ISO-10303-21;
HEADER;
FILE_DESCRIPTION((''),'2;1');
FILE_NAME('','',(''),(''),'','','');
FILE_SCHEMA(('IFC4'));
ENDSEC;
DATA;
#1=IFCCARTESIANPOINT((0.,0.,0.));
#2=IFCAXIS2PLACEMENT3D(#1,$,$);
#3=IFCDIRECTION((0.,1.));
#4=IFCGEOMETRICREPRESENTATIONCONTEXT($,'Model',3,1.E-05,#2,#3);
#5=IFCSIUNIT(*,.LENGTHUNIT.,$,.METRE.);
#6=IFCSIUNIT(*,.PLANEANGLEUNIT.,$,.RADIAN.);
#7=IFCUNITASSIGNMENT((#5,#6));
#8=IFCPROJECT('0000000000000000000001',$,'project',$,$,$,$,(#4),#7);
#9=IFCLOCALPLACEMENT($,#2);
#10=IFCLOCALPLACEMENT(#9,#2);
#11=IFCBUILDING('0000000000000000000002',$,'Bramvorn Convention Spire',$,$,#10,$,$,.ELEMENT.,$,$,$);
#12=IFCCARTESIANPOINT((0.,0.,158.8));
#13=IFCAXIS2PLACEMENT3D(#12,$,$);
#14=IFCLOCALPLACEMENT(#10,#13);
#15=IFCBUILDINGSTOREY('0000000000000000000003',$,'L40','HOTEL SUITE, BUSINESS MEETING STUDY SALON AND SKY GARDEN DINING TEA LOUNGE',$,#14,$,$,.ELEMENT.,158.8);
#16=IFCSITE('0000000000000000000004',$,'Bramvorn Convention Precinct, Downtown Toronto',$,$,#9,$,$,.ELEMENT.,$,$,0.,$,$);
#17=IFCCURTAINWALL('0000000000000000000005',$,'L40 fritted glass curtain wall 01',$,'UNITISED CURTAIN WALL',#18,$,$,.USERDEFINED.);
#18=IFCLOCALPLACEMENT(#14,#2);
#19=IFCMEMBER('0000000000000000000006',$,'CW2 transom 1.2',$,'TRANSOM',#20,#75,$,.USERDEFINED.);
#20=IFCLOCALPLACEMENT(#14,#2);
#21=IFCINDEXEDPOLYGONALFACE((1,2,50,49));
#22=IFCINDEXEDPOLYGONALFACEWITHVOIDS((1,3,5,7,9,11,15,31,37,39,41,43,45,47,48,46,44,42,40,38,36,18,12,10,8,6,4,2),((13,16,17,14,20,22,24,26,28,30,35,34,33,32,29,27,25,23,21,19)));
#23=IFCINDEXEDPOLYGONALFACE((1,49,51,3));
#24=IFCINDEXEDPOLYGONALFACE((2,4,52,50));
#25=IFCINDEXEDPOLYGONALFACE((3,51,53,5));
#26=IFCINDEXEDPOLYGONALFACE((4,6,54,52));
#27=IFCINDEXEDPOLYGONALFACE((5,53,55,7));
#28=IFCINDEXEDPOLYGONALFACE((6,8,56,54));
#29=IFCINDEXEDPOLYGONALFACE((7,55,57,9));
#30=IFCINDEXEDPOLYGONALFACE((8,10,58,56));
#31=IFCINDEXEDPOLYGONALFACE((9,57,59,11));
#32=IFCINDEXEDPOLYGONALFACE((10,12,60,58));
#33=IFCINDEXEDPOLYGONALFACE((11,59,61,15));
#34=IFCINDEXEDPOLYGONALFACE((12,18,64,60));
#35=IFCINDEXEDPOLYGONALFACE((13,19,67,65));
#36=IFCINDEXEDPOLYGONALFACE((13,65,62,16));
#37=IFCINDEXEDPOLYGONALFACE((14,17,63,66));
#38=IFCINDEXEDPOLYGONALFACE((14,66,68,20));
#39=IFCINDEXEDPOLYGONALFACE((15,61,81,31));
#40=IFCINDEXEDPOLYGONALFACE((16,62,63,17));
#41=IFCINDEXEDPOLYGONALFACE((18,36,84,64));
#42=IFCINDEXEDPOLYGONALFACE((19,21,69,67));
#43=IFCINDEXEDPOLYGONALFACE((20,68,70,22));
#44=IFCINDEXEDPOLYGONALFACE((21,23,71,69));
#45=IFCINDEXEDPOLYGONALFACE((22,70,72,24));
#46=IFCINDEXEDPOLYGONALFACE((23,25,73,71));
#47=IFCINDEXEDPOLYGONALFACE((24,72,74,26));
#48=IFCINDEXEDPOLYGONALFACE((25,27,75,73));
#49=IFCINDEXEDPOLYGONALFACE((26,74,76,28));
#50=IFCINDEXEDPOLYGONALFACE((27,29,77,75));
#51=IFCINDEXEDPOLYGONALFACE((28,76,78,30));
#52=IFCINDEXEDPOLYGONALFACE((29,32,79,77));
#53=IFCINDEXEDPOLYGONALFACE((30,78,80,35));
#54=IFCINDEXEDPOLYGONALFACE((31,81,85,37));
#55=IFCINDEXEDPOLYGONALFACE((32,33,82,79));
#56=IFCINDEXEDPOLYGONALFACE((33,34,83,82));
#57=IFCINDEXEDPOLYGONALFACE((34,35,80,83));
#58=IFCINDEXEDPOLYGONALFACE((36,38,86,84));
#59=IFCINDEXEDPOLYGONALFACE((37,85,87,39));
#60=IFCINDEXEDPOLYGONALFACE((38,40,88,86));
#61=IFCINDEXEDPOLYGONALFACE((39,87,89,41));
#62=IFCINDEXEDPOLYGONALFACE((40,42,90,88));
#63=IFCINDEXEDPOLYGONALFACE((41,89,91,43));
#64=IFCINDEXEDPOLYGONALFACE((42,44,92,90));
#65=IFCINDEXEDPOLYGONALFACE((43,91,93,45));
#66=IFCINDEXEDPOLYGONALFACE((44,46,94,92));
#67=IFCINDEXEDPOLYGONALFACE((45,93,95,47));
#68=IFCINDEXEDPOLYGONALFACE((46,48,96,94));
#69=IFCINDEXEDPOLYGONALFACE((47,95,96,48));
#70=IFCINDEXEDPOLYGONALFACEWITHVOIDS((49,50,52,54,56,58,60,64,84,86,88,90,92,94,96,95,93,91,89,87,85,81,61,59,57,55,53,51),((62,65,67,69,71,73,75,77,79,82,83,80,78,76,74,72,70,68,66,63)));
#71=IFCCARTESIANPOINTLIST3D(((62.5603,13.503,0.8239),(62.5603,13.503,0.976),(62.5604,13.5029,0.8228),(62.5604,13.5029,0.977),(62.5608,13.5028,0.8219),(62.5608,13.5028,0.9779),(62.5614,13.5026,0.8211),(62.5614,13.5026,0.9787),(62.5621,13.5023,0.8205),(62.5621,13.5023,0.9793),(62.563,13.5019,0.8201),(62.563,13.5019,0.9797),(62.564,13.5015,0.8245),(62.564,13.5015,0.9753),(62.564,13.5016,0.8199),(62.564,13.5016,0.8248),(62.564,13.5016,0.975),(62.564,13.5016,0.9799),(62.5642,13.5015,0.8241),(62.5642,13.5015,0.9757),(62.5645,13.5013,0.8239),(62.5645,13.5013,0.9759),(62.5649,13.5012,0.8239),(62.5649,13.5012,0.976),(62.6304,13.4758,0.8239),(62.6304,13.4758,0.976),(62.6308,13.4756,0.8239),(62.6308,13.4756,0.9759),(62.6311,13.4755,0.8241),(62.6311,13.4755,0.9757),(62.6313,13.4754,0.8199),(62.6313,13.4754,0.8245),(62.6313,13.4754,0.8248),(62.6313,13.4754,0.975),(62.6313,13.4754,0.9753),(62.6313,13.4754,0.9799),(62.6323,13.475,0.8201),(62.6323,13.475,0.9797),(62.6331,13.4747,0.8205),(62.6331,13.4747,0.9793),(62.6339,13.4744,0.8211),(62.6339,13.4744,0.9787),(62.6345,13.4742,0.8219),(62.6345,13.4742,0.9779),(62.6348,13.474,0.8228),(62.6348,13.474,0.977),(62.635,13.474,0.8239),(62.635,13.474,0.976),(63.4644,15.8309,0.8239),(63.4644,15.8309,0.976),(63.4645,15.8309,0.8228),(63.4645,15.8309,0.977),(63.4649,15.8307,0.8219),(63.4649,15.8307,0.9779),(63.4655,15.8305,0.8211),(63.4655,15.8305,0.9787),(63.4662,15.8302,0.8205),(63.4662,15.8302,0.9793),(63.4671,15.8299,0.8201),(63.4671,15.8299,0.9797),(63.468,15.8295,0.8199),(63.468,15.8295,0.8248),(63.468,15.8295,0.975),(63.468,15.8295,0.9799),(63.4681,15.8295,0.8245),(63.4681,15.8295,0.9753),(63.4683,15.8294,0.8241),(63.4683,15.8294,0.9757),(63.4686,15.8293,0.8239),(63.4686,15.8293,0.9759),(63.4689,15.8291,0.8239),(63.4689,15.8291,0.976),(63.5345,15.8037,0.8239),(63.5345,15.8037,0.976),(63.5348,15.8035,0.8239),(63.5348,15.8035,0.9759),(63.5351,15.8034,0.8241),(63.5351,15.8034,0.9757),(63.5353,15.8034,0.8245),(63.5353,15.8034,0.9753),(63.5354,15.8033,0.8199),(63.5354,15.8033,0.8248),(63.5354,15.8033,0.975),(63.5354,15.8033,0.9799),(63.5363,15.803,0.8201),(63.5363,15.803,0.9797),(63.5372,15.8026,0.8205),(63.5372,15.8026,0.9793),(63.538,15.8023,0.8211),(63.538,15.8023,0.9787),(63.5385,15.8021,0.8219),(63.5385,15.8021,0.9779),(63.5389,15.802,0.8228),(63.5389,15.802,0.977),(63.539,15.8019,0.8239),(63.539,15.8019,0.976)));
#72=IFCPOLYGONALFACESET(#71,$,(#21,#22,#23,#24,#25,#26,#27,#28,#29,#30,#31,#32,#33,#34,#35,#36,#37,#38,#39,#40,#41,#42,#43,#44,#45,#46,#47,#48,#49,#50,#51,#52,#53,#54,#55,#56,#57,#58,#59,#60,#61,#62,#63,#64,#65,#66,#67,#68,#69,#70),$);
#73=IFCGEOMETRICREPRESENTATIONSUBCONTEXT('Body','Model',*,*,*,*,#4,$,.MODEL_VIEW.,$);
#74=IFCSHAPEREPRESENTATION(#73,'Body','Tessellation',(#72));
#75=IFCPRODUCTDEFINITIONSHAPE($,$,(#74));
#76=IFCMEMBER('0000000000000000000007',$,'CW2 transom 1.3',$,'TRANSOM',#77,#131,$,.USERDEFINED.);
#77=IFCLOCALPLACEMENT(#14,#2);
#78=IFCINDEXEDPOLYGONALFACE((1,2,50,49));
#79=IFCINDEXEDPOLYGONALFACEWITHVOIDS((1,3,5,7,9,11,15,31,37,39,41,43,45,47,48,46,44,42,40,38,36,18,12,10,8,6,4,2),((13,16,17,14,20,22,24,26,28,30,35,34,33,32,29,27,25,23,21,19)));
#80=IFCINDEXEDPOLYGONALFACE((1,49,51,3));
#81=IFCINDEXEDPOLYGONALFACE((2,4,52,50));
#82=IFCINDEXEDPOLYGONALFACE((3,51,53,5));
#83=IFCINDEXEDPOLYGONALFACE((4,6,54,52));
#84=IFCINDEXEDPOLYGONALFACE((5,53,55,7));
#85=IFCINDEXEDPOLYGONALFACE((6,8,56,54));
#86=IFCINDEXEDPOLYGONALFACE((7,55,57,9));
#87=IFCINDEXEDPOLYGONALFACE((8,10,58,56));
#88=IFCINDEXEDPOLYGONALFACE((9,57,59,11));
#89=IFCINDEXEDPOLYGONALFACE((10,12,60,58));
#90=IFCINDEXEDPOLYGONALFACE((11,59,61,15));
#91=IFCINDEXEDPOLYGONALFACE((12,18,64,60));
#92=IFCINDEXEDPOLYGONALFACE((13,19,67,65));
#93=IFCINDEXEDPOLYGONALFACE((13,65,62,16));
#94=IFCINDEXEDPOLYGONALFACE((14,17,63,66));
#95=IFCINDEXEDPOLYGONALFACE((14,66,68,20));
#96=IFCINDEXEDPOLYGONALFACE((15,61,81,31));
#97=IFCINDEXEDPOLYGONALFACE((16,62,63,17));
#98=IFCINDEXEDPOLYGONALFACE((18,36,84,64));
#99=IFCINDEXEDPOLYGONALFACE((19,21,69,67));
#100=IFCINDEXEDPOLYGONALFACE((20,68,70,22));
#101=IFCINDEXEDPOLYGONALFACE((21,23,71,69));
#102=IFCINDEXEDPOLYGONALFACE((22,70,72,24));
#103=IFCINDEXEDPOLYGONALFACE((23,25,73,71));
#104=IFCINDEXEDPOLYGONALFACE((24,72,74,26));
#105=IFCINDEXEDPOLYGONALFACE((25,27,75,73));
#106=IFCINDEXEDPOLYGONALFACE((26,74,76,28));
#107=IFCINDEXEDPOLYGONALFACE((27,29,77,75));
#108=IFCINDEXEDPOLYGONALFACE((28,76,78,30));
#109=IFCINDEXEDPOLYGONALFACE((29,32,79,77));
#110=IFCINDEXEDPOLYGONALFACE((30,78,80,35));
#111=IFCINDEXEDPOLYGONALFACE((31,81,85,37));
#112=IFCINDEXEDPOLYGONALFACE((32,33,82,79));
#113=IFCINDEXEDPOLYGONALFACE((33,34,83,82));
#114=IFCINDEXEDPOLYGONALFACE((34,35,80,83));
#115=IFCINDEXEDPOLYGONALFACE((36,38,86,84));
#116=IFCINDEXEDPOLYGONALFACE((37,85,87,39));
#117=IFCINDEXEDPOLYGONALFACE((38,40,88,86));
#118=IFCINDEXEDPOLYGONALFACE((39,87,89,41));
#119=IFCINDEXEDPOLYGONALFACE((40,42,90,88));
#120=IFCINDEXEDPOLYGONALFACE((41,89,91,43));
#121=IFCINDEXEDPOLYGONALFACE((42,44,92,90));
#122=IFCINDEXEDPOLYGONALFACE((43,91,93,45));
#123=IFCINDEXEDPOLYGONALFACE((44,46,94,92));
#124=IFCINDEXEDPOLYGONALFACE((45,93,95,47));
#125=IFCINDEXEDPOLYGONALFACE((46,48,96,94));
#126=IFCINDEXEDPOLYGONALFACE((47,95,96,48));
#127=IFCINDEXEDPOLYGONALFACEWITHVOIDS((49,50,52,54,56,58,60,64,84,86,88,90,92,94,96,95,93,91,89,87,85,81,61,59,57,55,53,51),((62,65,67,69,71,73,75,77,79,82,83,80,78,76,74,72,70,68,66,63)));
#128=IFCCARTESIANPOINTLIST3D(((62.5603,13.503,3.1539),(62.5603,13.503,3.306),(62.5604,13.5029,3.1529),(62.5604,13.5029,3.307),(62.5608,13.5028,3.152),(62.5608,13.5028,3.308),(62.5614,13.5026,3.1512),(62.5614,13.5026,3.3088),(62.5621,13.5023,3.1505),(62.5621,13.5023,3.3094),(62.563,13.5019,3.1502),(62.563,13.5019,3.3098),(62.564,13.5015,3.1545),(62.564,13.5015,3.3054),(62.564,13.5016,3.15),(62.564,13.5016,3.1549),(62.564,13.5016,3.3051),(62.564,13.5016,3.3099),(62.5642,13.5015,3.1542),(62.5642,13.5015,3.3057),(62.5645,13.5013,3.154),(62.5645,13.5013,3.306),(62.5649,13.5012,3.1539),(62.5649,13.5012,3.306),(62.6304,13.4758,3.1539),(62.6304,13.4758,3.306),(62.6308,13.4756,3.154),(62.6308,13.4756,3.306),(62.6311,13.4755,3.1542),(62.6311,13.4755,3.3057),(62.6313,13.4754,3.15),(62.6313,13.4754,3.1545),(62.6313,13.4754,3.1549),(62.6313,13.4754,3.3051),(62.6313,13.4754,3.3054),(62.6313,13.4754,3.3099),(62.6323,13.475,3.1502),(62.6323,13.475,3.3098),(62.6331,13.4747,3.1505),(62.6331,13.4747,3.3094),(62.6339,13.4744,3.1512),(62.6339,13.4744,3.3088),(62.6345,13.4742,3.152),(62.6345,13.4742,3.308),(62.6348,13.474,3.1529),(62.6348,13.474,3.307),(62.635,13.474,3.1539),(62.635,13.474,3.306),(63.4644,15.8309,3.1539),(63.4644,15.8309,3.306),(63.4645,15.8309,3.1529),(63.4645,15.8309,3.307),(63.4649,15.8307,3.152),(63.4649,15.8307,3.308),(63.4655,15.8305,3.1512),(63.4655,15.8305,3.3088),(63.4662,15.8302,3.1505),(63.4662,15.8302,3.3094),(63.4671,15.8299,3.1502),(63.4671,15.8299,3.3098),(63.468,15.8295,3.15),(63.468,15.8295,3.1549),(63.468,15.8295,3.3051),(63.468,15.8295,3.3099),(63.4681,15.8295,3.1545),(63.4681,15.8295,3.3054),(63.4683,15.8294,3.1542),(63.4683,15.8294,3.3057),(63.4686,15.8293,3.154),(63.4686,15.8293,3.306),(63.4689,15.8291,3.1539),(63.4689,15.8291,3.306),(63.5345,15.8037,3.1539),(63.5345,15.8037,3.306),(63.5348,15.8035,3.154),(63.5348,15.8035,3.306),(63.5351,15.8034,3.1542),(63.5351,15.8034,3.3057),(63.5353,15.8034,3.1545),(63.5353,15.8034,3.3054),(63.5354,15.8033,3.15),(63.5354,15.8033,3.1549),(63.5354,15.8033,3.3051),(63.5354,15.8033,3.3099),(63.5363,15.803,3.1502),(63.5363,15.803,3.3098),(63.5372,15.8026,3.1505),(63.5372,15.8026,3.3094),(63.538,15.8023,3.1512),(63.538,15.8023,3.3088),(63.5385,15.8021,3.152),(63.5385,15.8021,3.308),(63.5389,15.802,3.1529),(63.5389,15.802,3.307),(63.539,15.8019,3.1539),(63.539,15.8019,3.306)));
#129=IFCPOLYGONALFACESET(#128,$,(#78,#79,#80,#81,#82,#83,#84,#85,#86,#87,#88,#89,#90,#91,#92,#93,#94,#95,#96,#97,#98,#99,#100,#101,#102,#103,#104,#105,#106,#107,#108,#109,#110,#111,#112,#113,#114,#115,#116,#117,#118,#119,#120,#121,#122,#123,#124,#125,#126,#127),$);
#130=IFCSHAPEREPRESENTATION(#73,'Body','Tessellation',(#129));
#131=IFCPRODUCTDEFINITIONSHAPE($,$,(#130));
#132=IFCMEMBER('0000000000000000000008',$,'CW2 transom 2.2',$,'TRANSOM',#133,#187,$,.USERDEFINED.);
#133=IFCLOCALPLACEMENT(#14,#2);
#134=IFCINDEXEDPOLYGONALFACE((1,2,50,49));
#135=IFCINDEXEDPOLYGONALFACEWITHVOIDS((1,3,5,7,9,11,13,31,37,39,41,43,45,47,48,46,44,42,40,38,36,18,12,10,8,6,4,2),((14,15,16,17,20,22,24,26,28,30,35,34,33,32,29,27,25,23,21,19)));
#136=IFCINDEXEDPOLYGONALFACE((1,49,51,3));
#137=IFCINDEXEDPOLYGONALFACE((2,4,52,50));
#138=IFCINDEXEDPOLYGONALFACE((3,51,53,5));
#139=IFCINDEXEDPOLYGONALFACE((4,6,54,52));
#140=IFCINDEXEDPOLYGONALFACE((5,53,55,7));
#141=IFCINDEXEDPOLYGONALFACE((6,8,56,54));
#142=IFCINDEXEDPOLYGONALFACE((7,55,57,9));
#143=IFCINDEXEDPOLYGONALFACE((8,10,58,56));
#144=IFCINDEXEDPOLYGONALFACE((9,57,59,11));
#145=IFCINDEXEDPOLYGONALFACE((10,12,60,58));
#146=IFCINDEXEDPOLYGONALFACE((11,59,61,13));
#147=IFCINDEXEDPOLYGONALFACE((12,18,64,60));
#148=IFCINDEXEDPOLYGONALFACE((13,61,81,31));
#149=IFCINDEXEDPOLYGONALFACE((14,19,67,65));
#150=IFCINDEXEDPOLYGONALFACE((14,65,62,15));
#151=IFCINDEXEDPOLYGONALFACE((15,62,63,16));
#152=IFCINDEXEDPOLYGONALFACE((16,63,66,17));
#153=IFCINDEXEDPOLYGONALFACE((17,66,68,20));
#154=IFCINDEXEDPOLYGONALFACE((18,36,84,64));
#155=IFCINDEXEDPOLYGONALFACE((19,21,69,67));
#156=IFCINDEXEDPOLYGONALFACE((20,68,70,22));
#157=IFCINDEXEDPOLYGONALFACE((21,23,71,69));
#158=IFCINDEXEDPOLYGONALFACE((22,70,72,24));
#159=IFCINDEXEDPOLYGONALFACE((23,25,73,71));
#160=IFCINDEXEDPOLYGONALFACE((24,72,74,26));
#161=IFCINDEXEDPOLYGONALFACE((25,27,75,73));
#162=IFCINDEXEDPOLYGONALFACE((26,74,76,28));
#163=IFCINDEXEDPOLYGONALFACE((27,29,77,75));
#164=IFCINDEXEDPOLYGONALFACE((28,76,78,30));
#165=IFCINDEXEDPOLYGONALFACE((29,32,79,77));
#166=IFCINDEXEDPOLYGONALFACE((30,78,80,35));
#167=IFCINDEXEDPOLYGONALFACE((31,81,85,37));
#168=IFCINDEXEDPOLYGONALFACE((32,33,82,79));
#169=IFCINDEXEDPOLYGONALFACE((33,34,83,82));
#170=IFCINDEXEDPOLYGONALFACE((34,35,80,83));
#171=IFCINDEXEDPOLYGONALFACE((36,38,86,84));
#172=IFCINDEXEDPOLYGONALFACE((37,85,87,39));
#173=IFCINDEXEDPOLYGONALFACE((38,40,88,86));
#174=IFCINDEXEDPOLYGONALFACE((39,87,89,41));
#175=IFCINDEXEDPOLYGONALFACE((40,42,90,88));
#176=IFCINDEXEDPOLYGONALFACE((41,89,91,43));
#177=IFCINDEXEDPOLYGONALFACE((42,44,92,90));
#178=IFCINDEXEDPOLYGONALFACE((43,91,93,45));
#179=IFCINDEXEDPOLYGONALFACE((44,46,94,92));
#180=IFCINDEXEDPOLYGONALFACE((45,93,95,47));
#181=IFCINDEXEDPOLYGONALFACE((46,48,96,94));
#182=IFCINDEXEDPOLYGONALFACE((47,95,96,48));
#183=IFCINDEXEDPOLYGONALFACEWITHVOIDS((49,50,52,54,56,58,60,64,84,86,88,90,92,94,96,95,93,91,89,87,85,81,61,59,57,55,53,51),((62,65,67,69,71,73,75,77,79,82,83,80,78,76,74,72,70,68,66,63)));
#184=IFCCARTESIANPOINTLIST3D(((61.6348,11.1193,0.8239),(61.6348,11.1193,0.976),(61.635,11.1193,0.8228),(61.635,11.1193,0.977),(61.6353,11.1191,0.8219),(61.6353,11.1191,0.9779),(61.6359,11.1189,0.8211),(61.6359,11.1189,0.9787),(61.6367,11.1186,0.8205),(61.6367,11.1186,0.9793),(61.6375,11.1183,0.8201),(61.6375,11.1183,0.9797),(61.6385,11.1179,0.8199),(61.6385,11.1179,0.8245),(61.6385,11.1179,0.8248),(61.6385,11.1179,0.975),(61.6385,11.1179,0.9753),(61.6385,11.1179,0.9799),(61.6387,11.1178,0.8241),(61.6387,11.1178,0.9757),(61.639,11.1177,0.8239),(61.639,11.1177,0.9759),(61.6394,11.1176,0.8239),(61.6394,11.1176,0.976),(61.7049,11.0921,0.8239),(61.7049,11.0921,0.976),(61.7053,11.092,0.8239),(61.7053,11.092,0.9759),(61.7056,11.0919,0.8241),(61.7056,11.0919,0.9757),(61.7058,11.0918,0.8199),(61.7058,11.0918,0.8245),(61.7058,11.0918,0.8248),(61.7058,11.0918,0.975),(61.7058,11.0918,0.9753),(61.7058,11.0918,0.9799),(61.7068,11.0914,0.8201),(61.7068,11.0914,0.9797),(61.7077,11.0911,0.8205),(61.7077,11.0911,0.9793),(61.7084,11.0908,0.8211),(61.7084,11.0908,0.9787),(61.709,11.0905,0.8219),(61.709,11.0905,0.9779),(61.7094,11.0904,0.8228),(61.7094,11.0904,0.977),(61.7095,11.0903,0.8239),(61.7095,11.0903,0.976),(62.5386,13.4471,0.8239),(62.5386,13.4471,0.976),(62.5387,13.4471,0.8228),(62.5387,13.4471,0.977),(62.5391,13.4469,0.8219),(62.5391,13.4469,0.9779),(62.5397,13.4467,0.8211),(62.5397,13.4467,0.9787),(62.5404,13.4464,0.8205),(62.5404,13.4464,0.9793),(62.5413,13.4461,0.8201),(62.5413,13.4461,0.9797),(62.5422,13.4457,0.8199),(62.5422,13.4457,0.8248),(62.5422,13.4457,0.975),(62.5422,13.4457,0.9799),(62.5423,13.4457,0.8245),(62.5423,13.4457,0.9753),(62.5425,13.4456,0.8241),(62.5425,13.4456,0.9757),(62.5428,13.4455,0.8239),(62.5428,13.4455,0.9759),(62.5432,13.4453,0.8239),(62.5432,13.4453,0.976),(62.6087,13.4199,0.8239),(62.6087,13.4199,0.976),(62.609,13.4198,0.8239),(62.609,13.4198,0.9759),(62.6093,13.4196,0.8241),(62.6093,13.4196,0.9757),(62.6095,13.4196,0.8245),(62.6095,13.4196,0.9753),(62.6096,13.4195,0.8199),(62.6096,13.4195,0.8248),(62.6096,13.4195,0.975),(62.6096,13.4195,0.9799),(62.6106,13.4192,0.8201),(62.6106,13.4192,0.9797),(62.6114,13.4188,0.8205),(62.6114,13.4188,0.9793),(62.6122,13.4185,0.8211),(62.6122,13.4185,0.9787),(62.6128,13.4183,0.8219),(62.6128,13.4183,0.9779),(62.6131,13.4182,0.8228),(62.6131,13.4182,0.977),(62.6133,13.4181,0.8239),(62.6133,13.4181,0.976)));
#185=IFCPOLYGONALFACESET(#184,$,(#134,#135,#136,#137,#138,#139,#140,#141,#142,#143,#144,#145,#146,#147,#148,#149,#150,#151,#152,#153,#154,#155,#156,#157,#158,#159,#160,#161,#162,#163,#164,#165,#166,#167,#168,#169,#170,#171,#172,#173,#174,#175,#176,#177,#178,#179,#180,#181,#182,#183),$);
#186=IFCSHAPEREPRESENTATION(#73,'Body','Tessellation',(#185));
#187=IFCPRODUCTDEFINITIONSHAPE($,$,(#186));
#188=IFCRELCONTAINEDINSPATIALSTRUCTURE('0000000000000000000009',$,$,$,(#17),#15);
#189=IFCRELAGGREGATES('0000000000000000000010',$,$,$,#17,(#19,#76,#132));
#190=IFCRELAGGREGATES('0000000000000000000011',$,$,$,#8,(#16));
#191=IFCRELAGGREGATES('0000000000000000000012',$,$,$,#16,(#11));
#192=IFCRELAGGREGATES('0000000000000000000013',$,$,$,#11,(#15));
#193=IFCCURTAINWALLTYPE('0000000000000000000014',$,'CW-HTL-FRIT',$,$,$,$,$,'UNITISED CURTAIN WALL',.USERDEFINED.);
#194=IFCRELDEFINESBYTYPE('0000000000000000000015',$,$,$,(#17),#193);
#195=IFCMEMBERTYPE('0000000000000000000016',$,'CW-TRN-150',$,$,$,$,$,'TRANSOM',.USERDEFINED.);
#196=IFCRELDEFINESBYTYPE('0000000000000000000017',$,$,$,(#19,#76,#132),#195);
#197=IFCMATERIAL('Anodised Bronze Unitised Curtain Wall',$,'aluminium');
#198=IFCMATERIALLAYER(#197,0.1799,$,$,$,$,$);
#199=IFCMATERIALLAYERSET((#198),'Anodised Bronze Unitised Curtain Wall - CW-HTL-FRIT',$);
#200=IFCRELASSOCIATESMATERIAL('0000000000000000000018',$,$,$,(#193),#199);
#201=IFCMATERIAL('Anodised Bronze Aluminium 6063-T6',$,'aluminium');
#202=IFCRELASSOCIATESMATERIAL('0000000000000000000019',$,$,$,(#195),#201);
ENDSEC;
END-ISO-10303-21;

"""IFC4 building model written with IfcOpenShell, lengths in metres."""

from ifc_helpers import new_model, si_unit, direction, frame, origin, origin_2d, place, context, subcontext, project, spatial, hollow_rectangle, extrude, material, layer, layer_set, material_profile, profile_set, type_object, element, aggregate, save


model = new_model("IFC4")

# Units and contexts
model_context = context("Model", 3, precision=1e-05, world=origin(), true_north=direction((0.0, 1.0)))
body_context = subcontext(model_context, "Body", "Model", "MODEL_VIEW")
ifc_project = project(units=[si_unit("LENGTHUNIT", "METRE"), si_unit("PLANEANGLEUNIT", "RADIAN")], contexts=[model_context])

# Site, building, storey
site_placement = place(None, origin())
site = spatial("IfcSite", under=ifc_project, at=site_placement, Name="Bramvorn Convention Precinct, Downtown Toronto", CompositionType="ELEMENT", RefElevation=0.0)
building_placement = place(site_placement, origin())
building = spatial("IfcBuilding", under=site, at=building_placement, Name="Bramvorn Convention Spire", CompositionType="ELEMENT")
storey_placement = place(building_placement, frame((0.0, 0.0, 158.8)))
storey = spatial("IfcBuildingStorey", under=building, at=storey_placement, Name="L40", Description="HOTEL SUITE, BUSINESS MEETING STUDY SALON AND SKY GARDEN DINING TEA LOUNGE", CompositionType="ELEMENT", Elevation=158.8)

# Curtain wall, members
ifc_material_1 = material(Name="Anodised Bronze Unitised Curtain Wall", Category="aluminium")
ifc_layer_1 = layer(ifc_material_1, 0.1799)
ifc_layer_set_1 = layer_set([ifc_layer_1], Name="Anodised Bronze Unitised Curtain Wall - CW-HTL-FRIT")
curtain_wall_type = type_object("IfcCurtainWallType", Name="CW-HTL-FRIT", ElementType="UNITISED CURTAIN WALL", PredefinedType="USERDEFINED", material=ifc_layer_set_1)
curtain_wall_placement = place(storey_placement, origin())
curtain_wall = element("IfcCurtainWall", 1, at=curtain_wall_placement, inside=storey, type_object=curtain_wall_type, Name="L40 fritted glass curtain wall 01", ObjectType="UNITISED CURTAIN WALL", PredefinedType="USERDEFINED")
ifc_material_2 = material(Name="Anodised Bronze Aluminium 6063-T6", Category="aluminium")
ifc_material_profile_1 = material_profile(ifc_material_2, hollow_rectangle(XDim=0.0801, YDim=0.1599, WallThickness=0.0039, InnerFilletRadius=0.001, OuterFilletRadius=0.0039, at=origin_2d()))
ifc_profile_set_1 = profile_set([ifc_material_profile_1], Name="Anodised Bronze Aluminium 6063-T6 - CWT80X160")
member_type_1 = type_object("IfcMemberType", Name="CW-TRN-150", ElementType="TRANSOM", PredefinedType="USERDEFINED", material=ifc_profile_set_1)
member_1_placement = place(storey_placement, frame((63.5017, 15.8164, 0.8999), z_axis=(-0.362017, -0.932172, 0.0), x_axis=(0.932172, -0.362017, 0.0)))
member_1 = element("IfcMember", 2, at=member_1_placement, type_object=member_type_1, Name="CW2 transom 1.2", ObjectType="TRANSOM", PredefinedType="USERDEFINED", context=body_context, shape_type="SweptSolid", body=[
    extrude(hollow_rectangle(XDim=0.0801, YDim=0.1599, WallThickness=0.0039, InnerFilletRadius=0.001, OuterFilletRadius=0.0039, at=origin_2d()), origin(), (0.0, 0.0, 1.0), 2.4973),
])
member_2_placement = place(storey_placement, frame((63.5017, 15.8164, 3.23), z_axis=(-0.362017, -0.932172, 0.0), x_axis=(0.932172, -0.362017, 0.0)))
member_2 = element("IfcMember", 3, at=member_2_placement, type_object=member_type_1, Name="CW2 transom 1.3", ObjectType="TRANSOM", PredefinedType="USERDEFINED", context=body_context, shape_type="SweptSolid", body=[
    extrude(hollow_rectangle(XDim=0.0801, YDim=0.1599, WallThickness=0.0039, InnerFilletRadius=0.001, OuterFilletRadius=0.0039, at=origin_2d()), origin(), (0.0, 0.0, 1.0), 2.4973),
])
member_3_placement = place(storey_placement, frame((62.5759, 13.4326, 0.8999), z_axis=(-0.361932, -0.932205, 0.0), x_axis=(0.932205, -0.361932, 0.0)))
member_3 = element("IfcMember", 4, at=member_3_placement, type_object=member_type_1, Name="CW2 transom 2.2", ObjectType="TRANSOM", PredefinedType="USERDEFINED", context=body_context, shape_type="SweptSolid", body=[
    extrude(hollow_rectangle(XDim=0.0801, YDim=0.1599, WallThickness=0.0039, InnerFilletRadius=0.001, OuterFilletRadius=0.0039, at=origin_2d()), origin(), (0.0, 0.0, 1.0), 2.4971),
])
aggregate(curtain_wall, [member_1, member_2, member_3])

save(model, "model.ifc")
